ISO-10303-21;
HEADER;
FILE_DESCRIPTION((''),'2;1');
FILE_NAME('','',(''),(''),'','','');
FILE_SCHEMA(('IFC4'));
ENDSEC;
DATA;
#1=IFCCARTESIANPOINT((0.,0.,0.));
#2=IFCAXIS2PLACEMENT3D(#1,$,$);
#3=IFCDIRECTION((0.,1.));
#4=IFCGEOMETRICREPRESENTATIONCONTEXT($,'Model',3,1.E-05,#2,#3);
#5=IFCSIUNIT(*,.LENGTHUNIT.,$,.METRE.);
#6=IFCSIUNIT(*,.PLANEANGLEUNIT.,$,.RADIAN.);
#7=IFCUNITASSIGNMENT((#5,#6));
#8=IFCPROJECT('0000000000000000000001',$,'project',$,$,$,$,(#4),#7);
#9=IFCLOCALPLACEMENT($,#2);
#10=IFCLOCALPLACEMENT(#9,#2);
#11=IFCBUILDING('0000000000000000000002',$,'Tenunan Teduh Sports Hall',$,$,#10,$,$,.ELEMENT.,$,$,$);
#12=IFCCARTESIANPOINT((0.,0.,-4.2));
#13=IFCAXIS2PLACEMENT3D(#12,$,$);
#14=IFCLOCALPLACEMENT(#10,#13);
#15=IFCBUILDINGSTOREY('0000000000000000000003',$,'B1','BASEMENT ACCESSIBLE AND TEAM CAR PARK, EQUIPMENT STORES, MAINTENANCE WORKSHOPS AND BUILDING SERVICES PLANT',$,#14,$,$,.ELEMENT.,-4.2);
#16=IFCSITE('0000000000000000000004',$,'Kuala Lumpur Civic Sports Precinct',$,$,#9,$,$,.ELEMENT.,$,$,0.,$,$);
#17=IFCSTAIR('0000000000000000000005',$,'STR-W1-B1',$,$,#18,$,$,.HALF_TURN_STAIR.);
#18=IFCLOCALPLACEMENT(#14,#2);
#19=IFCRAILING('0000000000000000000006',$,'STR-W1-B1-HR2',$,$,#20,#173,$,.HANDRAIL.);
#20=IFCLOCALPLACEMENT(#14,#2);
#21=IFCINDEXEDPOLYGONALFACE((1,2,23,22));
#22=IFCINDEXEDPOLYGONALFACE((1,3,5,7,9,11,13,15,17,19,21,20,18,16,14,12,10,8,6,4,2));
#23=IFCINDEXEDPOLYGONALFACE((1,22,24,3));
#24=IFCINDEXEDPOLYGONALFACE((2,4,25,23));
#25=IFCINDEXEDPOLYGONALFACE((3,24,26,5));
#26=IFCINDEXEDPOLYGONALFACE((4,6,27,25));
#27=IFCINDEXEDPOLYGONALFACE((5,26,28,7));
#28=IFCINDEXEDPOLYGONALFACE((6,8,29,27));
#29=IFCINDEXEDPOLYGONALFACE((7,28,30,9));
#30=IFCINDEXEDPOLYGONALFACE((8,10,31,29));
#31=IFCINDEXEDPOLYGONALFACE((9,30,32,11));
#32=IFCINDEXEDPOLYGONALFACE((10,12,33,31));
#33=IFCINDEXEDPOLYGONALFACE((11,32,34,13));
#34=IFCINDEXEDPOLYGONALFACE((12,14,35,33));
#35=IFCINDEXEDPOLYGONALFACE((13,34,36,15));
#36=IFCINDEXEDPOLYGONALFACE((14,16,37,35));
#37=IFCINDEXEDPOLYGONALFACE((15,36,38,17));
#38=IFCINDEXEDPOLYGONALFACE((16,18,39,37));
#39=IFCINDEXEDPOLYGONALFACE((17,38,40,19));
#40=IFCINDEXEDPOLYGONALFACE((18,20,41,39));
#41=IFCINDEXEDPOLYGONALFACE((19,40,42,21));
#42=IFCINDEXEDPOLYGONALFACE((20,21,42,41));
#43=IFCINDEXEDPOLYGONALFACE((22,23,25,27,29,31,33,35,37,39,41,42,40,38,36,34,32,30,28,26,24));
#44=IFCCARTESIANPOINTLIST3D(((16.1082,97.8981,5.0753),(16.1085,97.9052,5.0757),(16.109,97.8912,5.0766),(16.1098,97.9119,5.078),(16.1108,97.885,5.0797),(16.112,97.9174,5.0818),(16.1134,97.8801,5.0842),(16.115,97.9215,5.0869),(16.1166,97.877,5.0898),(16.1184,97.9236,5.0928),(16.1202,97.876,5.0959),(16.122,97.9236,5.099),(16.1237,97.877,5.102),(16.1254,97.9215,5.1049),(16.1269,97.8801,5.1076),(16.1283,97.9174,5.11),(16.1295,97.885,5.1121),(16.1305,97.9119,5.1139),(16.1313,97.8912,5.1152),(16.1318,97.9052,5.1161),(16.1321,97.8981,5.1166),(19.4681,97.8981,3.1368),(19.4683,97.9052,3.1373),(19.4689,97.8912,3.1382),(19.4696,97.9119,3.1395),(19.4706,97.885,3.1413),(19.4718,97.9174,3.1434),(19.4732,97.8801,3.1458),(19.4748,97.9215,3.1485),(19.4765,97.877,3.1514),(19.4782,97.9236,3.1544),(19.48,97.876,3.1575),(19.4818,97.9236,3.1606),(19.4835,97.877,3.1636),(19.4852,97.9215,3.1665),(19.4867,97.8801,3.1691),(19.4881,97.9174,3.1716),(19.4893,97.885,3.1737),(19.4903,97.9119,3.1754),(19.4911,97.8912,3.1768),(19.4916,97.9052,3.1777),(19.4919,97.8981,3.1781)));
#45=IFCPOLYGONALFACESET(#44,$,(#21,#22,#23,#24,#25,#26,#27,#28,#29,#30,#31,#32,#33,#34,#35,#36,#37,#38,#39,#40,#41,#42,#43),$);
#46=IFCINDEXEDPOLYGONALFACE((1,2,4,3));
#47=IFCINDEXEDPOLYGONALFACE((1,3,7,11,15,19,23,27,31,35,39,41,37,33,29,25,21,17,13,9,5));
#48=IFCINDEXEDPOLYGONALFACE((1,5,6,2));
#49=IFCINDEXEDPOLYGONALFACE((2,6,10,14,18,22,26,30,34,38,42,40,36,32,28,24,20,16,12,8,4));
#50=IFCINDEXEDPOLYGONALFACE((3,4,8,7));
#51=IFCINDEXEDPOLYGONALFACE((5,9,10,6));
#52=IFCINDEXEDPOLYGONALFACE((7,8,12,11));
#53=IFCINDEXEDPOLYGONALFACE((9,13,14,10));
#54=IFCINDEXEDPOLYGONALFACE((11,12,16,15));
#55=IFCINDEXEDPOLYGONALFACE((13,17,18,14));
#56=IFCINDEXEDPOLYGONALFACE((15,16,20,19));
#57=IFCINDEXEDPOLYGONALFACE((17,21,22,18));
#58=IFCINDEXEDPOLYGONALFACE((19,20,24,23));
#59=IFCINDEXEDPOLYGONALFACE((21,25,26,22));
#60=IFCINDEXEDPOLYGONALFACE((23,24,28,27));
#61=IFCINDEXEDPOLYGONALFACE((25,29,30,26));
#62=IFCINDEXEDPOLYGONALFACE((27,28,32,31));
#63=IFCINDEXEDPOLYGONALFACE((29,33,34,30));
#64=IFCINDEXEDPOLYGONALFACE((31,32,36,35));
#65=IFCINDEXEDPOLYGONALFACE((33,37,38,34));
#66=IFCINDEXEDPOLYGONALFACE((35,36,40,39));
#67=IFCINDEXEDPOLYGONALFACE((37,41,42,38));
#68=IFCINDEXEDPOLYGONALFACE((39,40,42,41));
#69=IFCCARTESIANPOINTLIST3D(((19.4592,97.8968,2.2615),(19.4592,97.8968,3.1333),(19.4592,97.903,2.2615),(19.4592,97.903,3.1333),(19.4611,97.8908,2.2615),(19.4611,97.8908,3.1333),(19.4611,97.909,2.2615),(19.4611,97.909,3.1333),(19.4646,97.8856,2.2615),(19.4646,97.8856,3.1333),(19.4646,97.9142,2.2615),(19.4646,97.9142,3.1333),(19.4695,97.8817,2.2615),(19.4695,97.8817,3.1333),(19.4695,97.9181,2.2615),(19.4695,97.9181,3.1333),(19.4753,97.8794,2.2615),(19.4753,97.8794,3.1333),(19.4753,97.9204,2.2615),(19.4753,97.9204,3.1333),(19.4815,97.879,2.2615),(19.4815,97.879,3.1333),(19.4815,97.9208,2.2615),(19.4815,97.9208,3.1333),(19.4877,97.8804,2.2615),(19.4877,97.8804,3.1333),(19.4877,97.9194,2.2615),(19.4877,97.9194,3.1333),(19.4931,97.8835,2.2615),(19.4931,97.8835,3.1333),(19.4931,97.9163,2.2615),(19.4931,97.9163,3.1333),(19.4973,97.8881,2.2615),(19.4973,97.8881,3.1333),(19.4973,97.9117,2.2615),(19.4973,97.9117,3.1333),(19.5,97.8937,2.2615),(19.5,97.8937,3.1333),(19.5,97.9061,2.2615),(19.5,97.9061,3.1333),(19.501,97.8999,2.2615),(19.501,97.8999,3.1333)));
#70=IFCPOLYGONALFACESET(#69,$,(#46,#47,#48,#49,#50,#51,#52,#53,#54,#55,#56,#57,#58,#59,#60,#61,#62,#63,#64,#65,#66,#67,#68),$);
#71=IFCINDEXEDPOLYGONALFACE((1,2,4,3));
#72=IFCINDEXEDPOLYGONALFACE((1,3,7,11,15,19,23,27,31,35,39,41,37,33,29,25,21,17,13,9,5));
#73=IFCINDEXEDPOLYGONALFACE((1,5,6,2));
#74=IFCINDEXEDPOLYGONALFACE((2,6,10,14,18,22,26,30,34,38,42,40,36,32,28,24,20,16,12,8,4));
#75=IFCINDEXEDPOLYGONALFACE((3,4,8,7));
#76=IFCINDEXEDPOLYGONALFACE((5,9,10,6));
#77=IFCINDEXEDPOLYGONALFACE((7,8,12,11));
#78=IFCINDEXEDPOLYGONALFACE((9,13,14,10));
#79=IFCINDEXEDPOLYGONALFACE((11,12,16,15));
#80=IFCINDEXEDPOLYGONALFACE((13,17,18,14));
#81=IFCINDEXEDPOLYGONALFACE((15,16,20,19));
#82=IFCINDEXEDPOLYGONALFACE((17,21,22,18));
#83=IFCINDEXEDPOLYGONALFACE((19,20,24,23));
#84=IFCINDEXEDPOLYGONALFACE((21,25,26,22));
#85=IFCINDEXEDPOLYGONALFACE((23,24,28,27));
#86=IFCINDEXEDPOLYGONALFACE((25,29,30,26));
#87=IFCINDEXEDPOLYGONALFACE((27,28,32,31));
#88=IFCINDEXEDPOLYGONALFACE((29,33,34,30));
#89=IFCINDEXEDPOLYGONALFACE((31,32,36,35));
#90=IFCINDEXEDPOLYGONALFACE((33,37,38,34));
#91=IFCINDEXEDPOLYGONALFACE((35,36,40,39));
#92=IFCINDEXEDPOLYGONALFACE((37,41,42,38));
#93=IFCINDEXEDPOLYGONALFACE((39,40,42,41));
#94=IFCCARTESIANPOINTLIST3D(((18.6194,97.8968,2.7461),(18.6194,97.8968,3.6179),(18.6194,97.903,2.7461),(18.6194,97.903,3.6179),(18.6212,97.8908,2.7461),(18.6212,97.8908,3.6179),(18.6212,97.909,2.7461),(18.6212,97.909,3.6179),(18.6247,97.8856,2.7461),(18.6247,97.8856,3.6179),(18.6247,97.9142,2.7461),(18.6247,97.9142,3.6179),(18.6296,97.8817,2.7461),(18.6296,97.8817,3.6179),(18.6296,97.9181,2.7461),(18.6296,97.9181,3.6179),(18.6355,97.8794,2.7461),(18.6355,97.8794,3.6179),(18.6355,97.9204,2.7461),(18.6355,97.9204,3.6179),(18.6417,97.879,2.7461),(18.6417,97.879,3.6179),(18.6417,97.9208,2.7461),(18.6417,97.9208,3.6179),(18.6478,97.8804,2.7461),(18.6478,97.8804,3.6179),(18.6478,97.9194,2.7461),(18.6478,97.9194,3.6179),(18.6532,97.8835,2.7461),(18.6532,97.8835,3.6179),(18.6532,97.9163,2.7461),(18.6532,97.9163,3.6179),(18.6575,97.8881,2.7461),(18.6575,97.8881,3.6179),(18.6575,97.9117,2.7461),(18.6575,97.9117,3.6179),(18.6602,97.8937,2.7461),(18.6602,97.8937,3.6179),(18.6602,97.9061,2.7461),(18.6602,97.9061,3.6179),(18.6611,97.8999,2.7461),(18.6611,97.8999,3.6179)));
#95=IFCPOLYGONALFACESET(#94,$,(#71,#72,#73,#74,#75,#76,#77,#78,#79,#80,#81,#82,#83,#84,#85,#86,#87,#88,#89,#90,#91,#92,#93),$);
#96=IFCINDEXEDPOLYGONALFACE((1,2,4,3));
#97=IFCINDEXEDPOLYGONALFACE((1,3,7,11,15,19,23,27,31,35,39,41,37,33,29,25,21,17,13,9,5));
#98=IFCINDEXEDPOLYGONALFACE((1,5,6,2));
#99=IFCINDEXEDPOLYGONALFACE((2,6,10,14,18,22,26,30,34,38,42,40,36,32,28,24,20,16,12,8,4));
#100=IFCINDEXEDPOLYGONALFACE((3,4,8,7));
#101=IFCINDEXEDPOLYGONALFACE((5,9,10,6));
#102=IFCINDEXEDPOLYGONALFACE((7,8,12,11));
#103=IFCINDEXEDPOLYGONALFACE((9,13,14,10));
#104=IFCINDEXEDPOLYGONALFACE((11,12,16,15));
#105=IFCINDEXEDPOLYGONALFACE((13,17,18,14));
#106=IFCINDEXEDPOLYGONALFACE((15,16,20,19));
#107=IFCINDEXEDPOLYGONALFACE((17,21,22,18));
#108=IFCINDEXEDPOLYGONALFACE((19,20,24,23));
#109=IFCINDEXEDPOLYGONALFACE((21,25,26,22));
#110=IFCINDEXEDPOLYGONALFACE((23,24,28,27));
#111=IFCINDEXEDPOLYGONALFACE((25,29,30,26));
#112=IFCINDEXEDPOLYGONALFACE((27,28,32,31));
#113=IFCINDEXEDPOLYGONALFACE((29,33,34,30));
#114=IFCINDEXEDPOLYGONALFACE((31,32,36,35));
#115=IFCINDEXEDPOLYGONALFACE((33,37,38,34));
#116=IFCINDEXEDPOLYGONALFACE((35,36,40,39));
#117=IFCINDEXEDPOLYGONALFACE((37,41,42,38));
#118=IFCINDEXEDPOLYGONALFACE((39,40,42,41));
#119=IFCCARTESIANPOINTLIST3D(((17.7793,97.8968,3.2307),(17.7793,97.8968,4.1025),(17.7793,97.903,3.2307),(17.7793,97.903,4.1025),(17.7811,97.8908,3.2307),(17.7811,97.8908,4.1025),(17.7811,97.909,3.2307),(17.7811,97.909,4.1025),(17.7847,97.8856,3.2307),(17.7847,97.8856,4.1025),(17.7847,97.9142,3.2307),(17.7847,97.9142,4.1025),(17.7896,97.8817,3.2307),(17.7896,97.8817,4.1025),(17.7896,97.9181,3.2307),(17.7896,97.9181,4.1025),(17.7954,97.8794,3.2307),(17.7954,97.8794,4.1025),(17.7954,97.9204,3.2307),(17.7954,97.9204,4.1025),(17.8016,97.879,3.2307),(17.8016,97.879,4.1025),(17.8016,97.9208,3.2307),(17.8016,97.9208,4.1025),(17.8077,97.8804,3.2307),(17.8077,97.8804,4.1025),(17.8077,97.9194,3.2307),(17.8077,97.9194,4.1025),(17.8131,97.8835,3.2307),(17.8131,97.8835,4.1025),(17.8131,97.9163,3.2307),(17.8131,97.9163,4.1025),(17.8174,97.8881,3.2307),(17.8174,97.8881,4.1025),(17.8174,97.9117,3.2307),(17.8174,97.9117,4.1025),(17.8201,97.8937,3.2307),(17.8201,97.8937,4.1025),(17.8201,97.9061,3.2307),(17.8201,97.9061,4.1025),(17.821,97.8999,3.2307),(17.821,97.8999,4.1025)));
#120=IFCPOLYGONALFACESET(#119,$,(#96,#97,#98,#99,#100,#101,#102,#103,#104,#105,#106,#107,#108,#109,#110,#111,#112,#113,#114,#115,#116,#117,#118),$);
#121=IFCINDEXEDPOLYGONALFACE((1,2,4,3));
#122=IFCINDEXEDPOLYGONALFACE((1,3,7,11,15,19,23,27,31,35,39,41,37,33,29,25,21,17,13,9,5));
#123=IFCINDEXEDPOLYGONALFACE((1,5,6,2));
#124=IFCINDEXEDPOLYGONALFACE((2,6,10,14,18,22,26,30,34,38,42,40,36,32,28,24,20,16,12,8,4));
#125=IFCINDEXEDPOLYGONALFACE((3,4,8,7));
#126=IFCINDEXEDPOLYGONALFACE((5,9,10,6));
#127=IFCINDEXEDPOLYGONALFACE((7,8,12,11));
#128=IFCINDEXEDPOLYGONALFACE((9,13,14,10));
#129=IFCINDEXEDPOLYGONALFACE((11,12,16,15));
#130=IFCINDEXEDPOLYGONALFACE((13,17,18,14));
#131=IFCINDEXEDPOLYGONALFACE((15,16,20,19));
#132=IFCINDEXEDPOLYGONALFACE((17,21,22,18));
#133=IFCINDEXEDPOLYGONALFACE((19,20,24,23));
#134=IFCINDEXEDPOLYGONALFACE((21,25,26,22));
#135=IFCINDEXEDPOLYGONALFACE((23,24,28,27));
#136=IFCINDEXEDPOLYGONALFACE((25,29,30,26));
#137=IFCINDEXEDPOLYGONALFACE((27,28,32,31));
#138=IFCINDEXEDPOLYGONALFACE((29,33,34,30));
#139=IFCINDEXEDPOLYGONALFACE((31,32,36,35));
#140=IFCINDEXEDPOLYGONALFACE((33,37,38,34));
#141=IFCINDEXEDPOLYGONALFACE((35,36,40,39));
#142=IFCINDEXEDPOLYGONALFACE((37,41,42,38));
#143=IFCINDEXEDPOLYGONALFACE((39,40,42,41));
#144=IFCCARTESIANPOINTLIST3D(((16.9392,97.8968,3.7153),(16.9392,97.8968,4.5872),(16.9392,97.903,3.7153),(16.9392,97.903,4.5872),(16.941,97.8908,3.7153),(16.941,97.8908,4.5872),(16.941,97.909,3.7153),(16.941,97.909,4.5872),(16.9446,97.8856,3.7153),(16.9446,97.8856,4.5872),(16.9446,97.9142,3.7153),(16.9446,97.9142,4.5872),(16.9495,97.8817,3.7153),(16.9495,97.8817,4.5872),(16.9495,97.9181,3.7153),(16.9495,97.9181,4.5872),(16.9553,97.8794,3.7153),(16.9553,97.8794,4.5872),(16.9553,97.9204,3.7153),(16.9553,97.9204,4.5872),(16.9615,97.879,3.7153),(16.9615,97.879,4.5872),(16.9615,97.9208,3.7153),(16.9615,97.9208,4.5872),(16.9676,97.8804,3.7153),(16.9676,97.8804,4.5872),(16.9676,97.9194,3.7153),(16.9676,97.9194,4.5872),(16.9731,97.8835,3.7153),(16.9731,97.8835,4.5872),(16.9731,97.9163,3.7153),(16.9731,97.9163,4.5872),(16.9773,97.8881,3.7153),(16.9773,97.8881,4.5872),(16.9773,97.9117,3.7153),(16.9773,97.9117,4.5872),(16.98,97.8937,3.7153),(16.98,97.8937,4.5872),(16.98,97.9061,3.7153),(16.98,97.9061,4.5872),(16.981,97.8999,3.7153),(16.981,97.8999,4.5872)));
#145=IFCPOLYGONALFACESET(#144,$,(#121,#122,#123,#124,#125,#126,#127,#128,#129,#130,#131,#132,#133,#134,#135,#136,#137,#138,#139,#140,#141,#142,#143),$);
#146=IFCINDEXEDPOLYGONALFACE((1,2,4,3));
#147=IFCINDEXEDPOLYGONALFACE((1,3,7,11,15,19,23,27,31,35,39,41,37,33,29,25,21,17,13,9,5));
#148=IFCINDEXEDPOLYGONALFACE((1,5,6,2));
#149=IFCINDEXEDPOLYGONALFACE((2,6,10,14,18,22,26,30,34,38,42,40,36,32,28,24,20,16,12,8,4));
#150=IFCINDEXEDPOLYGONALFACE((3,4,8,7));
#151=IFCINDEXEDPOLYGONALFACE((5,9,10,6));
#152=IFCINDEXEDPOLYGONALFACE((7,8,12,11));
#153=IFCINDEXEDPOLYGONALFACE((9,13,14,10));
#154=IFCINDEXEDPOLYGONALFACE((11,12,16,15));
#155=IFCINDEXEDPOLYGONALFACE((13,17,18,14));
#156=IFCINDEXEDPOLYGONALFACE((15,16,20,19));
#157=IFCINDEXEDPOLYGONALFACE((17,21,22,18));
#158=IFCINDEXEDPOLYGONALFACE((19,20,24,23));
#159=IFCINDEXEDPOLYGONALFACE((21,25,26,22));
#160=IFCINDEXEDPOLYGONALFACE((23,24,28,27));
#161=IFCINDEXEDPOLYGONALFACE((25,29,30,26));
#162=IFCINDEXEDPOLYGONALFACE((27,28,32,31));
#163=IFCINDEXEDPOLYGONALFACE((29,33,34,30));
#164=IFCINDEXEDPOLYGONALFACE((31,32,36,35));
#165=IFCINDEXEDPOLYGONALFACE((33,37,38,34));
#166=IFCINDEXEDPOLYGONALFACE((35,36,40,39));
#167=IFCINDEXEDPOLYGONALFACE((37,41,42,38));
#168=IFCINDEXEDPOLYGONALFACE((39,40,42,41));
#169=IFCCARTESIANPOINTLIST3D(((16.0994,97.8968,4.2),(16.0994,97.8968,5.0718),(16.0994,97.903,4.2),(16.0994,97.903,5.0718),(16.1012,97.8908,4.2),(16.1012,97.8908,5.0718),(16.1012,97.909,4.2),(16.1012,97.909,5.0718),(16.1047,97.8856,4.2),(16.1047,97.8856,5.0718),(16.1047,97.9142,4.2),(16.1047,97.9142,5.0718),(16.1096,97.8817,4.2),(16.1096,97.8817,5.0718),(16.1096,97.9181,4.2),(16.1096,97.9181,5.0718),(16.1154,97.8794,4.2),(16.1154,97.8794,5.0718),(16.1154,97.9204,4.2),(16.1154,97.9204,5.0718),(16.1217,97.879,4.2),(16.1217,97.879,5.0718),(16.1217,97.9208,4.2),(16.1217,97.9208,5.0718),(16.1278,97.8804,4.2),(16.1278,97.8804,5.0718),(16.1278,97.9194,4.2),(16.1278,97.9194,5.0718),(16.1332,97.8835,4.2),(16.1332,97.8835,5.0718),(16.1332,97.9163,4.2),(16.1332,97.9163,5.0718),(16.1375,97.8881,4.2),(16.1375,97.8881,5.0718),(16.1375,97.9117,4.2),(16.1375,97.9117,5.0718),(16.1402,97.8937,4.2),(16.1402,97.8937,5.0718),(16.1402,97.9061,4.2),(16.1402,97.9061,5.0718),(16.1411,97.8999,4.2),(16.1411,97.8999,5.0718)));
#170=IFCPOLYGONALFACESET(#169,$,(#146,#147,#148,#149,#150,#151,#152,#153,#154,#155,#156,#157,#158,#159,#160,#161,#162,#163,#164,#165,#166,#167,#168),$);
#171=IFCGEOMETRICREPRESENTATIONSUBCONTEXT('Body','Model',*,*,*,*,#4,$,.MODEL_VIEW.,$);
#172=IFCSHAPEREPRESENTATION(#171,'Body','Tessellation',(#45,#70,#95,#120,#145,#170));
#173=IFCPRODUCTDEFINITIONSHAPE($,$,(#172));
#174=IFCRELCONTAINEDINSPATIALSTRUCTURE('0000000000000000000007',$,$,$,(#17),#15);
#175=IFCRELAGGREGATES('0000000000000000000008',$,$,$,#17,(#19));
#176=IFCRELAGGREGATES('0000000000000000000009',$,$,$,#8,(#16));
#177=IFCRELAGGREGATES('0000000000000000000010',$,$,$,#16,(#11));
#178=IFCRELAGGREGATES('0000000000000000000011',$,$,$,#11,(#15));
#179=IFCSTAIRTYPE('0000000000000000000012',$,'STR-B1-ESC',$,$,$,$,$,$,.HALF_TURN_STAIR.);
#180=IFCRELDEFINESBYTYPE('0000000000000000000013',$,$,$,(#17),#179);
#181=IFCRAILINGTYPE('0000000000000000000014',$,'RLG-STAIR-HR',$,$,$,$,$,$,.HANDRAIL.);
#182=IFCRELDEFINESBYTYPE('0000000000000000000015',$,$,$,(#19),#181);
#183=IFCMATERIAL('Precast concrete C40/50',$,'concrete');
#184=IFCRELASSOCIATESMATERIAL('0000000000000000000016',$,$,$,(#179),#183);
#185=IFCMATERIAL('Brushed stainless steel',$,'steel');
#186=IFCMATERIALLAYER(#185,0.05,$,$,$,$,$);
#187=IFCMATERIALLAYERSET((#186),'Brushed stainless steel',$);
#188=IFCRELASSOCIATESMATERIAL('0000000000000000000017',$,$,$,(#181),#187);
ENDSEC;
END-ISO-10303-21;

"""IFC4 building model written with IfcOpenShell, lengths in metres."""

from ifc_helpers import new_model, si_unit, direction, frame, origin, origin_2d, place, context, subcontext, project, spatial, circle, extrude, material, layer, layer_set, type_object, element, aggregate, save


model = new_model("IFC4")

# Units and contexts
model_context = context("Model", 3, precision=1e-05, world=origin(), true_north=direction((0.0, 1.0)))
body_context = subcontext(model_context, "Body", "Model", "MODEL_VIEW")
ifc_project = project(units=[si_unit("LENGTHUNIT", "METRE"), si_unit("PLANEANGLEUNIT", "RADIAN")], contexts=[model_context])

# Site, building, storey
site_placement = place(None, origin())
site = spatial("IfcSite", under=ifc_project, at=site_placement, Name="Kuala Lumpur Civic Sports Precinct", CompositionType="ELEMENT", RefElevation=0.0)
building_placement = place(site_placement, origin())
building = spatial("IfcBuilding", under=site, at=building_placement, Name="Tenunan Teduh Sports Hall", CompositionType="ELEMENT")
storey_placement = place(building_placement, frame((0.0, 0.0, -4.2)))
storey = spatial("IfcBuildingStorey", under=building, at=storey_placement, Name="B1", Description="BASEMENT ACCESSIBLE AND TEAM CAR PARK, EQUIPMENT STORES, MAINTENANCE WORKSHOPS AND BUILDING SERVICES PLANT", CompositionType="ELEMENT", Elevation=-4.2)

# Stair
ifc_material_1 = material(Name="Precast concrete C40/50", Category="concrete")
stair_type = type_object("IfcStairType", Name="STR-B1-ESC", PredefinedType="HALF_TURN_STAIR", material=ifc_material_1)
stair_placement = place(storey_placement, origin())
stair = element("IfcStair", 1, at=stair_placement, inside=storey, type_object=stair_type, Name="STR-W1-B1", PredefinedType="HALF_TURN_STAIR")

# Railing
ifc_material_2 = material(Name="Brushed stainless steel", Category="steel")
ifc_layer_1 = layer(ifc_material_2, 0.05)
ifc_layer_set_1 = layer_set([ifc_layer_1], Name="Brushed stainless steel")
railing_type_1 = type_object("IfcRailingType", Name="RLG-STAIR-HR", PredefinedType="HANDRAIL", material=ifc_layer_set_1)
railing_1_placement = place(storey_placement, frame((19.48, 97.8999, 2.2615)))
railing_1 = element("IfcRailing", 2, at=railing_1_placement, type_object=railing_type_1, Name="STR-W1-B1-HR2", PredefinedType="HANDRAIL", context=body_context, shape_type="SweptSolid", body=[
    extrude(circle(Radius=0.0239, at=origin_2d()), frame((0.0, 0.0, 0.896), z_axis=(-0.866175, 0.0, 0.499741), x_axis=(0.0, -1.0, 0.0)), (0.0, 0.0, 1.0), 3.8789),
    extrude(circle(Radius=0.021, at=origin_2d()), origin(), (0.0, 0.0, 1.0), 0.8718),
    extrude(circle(Radius=0.021, at=origin_2d()), frame((-0.8398, 0.0, 0.4846)), (0.0, 0.0, 1.0), 0.8718),
    extrude(circle(Radius=0.021, at=origin_2d()), frame((-1.6799, 0.0, 0.9692)), (0.0, 0.0, 1.0), 0.8718),
    extrude(circle(Radius=0.021, at=origin_2d()), frame((-2.52, 0.0, 1.4539)), (0.0, 0.0, 1.0), 0.8718),
    extrude(circle(Radius=0.021, at=origin_2d()), frame((-3.3599, 0.0, 1.9385)), (0.0, 0.0, 1.0), 0.8718),
])
aggregate(stair, [railing_1])

save(model, "model.ifc")
